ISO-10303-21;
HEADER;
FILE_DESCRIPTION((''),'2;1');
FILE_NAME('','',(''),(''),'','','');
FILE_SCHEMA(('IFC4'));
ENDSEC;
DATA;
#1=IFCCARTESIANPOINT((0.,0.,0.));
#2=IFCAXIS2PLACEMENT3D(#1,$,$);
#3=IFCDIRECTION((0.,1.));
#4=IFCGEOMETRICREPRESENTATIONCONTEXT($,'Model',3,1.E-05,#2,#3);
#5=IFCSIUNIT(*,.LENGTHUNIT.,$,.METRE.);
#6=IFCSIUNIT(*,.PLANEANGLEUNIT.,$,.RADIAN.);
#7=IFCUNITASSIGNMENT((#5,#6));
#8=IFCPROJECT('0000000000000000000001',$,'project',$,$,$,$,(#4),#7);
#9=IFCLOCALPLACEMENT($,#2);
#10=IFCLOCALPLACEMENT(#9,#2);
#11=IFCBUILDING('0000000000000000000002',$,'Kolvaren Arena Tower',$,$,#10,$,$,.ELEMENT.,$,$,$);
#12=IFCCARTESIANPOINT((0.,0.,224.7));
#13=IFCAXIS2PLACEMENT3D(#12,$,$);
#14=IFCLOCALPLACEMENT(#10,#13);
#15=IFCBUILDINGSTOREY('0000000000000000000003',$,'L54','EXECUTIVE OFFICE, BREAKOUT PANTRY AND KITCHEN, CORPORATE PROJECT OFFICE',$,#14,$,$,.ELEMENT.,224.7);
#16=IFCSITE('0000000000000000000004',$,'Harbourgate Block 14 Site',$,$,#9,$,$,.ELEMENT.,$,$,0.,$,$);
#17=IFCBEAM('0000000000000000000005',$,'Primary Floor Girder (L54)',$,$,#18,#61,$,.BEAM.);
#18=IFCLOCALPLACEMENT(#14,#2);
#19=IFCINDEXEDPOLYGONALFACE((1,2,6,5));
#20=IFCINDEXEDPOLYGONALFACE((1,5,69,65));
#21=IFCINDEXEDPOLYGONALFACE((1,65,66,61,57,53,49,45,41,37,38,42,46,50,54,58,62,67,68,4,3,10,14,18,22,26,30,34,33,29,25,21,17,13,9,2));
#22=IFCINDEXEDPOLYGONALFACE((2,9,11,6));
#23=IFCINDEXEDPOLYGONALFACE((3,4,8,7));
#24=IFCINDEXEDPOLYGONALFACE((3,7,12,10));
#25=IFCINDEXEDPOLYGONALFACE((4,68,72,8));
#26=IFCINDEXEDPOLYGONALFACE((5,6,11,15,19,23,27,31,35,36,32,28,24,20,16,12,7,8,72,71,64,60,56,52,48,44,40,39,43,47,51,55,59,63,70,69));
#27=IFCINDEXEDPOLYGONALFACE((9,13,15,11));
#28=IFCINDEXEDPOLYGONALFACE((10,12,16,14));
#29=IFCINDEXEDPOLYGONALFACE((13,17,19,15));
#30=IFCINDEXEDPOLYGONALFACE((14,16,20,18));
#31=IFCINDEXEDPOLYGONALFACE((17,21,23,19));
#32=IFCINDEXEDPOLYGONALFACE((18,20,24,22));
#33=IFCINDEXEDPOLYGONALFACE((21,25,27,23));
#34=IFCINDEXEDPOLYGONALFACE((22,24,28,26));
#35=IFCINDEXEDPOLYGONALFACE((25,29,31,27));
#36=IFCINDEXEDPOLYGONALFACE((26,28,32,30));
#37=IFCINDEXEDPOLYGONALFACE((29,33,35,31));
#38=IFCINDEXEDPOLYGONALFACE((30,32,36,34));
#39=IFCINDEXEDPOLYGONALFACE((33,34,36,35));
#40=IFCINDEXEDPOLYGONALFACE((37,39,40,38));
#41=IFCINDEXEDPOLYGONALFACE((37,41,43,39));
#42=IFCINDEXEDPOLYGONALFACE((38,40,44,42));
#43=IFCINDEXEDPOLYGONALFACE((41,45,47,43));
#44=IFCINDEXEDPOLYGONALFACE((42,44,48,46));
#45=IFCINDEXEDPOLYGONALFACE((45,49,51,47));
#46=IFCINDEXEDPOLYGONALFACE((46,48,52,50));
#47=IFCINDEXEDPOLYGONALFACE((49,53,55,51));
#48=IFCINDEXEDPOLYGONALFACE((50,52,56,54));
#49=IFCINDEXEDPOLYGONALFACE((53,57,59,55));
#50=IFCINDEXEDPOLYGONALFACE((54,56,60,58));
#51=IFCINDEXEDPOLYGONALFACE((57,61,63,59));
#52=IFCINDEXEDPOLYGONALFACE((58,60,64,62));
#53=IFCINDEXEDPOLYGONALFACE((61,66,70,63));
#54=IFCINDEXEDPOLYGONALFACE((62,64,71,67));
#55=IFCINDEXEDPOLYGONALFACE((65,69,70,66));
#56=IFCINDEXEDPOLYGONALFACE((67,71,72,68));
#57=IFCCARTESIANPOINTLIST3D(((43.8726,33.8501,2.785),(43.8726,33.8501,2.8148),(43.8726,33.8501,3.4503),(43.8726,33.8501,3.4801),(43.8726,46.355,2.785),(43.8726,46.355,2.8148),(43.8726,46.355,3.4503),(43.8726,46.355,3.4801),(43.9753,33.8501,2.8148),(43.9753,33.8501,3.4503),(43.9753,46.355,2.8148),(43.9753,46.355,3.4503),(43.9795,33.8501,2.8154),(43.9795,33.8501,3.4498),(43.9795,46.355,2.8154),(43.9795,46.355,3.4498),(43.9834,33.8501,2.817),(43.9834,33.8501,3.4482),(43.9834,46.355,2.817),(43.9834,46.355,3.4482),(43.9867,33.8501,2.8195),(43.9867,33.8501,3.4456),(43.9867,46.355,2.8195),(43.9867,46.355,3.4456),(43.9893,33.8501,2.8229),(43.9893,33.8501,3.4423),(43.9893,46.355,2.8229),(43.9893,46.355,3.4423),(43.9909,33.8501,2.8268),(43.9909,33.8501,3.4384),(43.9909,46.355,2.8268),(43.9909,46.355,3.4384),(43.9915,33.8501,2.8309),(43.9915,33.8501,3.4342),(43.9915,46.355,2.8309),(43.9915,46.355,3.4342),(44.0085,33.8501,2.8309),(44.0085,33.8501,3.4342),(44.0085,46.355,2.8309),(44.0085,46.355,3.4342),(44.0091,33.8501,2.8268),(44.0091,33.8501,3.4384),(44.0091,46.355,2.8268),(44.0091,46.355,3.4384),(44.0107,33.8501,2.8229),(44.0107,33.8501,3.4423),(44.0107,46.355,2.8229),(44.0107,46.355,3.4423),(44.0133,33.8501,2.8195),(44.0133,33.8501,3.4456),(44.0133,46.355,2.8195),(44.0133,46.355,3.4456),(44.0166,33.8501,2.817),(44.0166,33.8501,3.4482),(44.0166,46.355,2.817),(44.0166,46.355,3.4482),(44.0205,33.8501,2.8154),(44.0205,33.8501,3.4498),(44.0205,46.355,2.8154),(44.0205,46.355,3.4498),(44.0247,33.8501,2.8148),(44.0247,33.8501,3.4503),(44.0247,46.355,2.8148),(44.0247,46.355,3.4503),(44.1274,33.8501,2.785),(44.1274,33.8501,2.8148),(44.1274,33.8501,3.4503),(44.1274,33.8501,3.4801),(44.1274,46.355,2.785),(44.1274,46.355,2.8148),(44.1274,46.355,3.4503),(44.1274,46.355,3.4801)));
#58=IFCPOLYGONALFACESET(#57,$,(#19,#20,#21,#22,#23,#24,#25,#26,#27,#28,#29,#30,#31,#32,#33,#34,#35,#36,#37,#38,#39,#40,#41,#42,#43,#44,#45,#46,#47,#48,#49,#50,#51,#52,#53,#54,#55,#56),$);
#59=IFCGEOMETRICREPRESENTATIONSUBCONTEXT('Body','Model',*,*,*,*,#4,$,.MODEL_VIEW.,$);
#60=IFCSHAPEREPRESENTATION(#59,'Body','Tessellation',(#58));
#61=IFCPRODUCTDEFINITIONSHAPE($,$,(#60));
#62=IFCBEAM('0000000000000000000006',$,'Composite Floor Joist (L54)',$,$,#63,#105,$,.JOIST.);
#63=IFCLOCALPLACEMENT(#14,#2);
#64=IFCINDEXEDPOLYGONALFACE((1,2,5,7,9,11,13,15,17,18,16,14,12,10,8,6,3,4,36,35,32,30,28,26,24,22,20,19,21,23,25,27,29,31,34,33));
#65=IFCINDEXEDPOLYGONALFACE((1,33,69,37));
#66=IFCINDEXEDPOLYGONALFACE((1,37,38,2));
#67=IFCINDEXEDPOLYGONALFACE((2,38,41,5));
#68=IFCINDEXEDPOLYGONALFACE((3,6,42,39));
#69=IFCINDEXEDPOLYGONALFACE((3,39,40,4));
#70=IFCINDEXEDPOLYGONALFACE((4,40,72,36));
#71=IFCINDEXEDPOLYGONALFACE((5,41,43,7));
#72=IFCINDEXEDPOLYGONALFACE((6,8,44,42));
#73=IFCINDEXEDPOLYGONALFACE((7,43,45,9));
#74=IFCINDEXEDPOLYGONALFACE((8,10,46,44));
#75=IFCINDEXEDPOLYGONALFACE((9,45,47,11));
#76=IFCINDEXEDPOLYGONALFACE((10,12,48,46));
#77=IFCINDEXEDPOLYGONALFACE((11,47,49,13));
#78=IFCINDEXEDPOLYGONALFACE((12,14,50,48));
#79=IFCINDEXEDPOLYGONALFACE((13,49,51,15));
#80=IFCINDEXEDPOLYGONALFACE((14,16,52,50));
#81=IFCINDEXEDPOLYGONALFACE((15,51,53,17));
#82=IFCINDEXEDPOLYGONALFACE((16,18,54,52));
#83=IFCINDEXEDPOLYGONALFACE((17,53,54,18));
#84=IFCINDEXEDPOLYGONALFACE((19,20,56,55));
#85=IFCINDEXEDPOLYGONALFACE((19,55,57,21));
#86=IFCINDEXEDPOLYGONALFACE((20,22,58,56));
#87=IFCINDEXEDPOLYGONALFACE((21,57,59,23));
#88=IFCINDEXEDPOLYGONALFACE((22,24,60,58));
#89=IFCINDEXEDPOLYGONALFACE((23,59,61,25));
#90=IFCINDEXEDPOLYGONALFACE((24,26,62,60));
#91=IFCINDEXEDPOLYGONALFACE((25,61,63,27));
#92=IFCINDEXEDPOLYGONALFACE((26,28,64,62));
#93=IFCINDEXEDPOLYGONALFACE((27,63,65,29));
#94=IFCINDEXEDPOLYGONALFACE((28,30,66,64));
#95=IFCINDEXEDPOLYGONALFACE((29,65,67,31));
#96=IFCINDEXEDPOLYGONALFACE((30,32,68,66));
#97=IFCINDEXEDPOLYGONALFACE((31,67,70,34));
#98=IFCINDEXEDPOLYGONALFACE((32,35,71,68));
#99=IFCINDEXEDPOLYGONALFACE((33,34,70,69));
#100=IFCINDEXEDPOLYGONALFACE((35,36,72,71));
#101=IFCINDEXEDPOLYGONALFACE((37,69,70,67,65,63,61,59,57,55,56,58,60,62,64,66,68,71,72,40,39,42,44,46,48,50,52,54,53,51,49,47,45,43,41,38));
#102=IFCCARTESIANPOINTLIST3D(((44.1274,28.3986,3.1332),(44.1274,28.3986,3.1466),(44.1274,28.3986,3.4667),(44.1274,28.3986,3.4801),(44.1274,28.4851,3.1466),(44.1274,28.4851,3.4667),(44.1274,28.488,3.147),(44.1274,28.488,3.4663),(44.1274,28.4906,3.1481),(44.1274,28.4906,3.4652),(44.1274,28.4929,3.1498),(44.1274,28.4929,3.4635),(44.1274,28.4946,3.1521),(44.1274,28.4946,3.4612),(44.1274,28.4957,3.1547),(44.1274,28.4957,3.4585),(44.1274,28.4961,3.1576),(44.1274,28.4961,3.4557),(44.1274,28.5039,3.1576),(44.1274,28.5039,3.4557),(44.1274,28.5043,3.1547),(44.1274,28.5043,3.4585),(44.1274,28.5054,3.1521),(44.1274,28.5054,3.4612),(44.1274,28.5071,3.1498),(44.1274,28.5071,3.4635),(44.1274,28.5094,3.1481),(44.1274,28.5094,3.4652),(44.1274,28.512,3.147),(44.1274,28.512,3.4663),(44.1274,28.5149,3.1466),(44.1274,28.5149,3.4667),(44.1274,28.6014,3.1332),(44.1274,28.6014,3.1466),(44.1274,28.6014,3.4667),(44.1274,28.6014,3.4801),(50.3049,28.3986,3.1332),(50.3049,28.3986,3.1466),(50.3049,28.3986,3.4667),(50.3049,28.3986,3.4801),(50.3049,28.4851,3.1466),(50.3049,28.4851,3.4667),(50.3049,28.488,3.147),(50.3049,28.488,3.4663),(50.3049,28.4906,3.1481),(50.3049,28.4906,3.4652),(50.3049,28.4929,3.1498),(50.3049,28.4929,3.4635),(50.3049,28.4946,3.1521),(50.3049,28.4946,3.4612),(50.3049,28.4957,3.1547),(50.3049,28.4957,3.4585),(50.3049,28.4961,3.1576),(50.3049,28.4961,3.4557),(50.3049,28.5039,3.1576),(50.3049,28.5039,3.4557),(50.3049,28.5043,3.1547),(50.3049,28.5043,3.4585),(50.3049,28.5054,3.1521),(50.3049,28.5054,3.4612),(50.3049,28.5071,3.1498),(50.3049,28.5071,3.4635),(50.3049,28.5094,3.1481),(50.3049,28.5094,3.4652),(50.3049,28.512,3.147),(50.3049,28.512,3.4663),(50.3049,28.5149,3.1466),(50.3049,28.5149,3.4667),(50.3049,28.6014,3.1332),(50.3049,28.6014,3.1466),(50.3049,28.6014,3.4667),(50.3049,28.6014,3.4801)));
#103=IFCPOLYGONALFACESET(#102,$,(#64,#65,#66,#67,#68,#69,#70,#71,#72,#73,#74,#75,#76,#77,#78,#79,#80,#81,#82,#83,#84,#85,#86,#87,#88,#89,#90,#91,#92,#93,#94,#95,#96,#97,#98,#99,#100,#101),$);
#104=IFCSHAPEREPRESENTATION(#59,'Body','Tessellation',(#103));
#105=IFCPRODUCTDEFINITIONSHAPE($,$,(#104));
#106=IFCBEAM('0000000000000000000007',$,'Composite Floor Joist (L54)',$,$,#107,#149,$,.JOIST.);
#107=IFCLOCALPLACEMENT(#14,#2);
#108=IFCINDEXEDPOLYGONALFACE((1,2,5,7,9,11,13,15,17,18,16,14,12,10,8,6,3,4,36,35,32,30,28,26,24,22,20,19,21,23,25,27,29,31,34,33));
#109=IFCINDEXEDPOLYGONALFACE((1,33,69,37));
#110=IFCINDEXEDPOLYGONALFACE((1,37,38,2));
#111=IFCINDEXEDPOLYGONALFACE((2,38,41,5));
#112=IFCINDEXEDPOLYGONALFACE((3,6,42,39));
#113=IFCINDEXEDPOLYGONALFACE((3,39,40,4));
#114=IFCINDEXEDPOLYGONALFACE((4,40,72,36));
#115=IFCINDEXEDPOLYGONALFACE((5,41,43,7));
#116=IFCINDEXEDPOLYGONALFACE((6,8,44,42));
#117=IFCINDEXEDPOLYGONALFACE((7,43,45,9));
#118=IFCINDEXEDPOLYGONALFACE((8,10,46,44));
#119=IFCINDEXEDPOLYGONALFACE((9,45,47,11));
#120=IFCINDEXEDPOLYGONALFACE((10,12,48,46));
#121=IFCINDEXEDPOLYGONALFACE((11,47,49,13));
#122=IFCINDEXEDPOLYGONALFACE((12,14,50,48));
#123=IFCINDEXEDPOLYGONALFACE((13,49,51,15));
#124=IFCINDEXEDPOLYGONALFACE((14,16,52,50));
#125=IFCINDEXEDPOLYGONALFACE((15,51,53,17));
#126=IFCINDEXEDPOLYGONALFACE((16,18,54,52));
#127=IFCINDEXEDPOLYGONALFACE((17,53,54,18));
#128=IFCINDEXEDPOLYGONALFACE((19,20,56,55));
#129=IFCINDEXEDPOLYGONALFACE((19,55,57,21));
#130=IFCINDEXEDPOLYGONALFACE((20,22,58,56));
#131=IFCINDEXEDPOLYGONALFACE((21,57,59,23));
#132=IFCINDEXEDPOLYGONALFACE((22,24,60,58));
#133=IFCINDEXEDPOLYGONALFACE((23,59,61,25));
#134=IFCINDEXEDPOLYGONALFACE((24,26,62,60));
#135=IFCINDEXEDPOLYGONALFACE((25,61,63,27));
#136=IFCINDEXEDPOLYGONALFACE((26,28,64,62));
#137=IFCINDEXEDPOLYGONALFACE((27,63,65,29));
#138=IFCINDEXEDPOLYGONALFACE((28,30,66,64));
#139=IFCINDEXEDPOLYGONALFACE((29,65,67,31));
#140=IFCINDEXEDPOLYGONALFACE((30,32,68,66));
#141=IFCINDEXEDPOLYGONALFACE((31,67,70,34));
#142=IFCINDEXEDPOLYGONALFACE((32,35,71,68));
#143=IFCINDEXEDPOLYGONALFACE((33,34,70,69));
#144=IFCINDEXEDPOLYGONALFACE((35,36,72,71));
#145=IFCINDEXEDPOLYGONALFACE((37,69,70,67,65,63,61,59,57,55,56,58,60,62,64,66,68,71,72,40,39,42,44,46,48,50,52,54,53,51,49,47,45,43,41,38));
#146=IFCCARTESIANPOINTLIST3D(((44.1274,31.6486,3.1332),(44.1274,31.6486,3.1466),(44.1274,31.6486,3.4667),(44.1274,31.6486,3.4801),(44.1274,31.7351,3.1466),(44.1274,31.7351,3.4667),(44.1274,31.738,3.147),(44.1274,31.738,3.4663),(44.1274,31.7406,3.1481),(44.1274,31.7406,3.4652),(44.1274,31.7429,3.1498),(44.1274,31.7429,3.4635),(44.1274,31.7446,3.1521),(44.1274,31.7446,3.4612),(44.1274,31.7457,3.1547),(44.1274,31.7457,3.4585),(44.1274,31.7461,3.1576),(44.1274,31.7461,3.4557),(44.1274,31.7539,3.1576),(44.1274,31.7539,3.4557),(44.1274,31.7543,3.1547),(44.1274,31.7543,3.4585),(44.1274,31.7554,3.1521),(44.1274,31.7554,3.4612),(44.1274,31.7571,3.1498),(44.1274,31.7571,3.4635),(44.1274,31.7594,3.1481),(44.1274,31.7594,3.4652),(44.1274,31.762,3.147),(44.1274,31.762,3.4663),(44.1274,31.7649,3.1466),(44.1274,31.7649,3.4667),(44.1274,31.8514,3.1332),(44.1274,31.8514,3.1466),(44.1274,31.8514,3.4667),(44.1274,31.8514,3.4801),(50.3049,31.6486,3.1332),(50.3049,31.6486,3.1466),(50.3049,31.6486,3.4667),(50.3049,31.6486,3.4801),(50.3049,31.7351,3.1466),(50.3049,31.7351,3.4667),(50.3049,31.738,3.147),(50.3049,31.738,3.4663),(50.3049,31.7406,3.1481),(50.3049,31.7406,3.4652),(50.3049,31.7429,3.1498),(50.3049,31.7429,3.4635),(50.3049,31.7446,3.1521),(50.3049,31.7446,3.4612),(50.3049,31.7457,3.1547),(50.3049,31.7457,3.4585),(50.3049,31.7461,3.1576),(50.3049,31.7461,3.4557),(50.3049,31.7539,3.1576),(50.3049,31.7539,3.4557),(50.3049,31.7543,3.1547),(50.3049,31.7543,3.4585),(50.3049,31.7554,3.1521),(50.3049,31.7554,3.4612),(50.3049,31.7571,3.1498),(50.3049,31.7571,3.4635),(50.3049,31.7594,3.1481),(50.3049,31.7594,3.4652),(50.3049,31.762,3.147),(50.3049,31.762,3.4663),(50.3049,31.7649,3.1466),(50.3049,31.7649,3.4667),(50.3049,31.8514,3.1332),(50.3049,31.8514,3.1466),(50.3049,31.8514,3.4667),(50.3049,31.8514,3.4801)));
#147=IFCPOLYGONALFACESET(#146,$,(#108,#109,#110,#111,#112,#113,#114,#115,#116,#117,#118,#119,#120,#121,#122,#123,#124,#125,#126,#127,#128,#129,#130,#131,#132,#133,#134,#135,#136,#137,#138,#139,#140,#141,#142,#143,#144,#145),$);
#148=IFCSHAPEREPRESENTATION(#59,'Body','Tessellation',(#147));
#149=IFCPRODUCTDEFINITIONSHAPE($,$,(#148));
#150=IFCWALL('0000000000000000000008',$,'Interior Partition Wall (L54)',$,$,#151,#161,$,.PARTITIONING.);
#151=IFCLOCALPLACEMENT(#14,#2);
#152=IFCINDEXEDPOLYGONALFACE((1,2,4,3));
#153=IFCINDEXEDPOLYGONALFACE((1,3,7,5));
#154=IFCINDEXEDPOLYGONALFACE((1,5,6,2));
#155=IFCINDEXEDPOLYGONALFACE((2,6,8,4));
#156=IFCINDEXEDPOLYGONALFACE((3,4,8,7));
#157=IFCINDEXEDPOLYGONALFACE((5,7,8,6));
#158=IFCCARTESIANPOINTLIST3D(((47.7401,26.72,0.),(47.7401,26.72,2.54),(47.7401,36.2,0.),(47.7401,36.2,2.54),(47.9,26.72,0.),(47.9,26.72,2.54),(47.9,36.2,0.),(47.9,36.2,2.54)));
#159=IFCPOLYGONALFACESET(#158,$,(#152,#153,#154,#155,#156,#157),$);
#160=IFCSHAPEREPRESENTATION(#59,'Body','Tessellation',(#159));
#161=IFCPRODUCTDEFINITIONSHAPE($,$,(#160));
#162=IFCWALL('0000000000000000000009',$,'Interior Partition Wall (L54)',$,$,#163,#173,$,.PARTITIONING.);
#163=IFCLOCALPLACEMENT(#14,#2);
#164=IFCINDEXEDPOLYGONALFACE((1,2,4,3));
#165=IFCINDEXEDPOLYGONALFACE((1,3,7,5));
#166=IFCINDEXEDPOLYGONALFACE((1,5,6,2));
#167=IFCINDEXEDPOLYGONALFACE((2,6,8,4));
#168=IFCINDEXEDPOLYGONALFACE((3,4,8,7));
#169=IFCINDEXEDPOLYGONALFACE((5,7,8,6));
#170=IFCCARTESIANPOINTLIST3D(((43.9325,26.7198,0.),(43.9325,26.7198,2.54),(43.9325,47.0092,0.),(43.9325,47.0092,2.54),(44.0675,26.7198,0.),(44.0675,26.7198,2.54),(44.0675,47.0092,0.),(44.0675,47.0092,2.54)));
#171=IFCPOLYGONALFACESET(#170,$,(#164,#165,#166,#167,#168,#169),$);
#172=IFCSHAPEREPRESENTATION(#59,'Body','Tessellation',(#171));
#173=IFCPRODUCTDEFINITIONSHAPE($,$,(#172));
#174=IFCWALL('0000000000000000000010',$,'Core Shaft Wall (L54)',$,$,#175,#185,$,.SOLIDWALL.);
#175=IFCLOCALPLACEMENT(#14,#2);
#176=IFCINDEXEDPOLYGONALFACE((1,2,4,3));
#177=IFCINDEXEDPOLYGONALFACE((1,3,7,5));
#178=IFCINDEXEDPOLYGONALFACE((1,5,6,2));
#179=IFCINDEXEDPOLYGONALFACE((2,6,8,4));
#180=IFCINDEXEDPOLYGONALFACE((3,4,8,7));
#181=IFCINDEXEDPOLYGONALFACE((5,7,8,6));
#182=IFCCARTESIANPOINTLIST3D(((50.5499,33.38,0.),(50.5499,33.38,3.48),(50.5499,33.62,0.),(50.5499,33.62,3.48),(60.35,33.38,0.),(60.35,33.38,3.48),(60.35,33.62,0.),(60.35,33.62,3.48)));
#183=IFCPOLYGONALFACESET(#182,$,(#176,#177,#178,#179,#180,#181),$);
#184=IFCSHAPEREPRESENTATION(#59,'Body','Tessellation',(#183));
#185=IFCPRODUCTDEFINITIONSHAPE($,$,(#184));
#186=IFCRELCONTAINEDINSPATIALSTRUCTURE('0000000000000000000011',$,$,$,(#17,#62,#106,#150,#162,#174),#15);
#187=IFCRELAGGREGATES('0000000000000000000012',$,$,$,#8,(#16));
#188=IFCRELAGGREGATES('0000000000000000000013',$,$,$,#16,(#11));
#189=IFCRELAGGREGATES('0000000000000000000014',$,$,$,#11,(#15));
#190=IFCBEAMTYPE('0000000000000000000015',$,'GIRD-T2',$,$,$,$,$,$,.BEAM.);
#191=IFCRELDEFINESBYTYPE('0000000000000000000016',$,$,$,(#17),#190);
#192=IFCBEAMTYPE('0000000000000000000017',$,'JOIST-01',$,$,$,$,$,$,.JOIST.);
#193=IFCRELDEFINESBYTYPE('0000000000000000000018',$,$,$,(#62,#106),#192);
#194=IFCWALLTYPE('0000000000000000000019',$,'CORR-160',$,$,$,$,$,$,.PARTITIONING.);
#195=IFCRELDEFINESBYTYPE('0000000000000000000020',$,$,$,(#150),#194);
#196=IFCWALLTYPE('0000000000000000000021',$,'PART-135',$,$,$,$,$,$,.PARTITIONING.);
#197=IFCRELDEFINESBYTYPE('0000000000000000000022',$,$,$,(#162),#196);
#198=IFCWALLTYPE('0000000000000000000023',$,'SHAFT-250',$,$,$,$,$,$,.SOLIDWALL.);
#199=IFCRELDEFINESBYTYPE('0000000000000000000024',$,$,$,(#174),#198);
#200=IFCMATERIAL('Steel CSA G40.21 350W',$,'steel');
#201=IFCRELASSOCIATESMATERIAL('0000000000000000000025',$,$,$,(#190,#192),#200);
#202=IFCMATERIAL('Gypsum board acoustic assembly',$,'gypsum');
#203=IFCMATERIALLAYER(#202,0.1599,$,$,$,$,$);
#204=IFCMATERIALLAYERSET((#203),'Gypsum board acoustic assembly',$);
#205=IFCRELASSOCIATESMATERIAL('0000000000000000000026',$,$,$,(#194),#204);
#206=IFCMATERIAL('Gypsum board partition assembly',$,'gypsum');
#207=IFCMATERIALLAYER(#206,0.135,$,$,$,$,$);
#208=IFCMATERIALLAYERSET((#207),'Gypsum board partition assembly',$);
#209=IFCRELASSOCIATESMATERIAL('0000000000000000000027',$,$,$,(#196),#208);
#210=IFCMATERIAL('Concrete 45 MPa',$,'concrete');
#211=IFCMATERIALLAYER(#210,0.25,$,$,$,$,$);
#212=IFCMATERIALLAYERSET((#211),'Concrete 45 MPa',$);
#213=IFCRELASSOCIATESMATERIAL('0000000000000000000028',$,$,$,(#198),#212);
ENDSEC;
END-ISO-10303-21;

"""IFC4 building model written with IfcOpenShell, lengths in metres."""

from ifc_helpers import new_model, si_unit, direction, frame, frame_2d, origin, origin_2d, place, context, subcontext, project, spatial, rectangle, i_section, extrude, material, layer, layer_set, material_profile, profile_set, type_object, element, save


model = new_model("IFC4")

# Units and contexts
model_context = context("Model", 3, precision=1e-05, world=origin(), true_north=direction((0.0, 1.0)))
body_context = subcontext(model_context, "Body", "Model", "MODEL_VIEW")
ifc_project = project(units=[si_unit("LENGTHUNIT", "METRE"), si_unit("PLANEANGLEUNIT", "RADIAN")], contexts=[model_context])

# Site, building, storey
site_placement = place(None, origin())
site = spatial("IfcSite", under=ifc_project, at=site_placement, Name="Harbourgate Block 14 Site", CompositionType="ELEMENT", RefElevation=0.0)
building_placement = place(site_placement, origin())
building = spatial("IfcBuilding", under=site, at=building_placement, Name="Kolvaren Arena Tower", CompositionType="ELEMENT")
storey_placement = place(building_placement, frame((0.0, 0.0, 224.7)))
storey = spatial("IfcBuildingStorey", under=building, at=storey_placement, Name="L54", Description="EXECUTIVE OFFICE, BREAKOUT PANTRY AND KITCHEN, CORPORATE PROJECT OFFICE", CompositionType="ELEMENT", Elevation=224.7)

# Beams
ifc_material_1 = material(Name="Steel CSA G40.21 350W", Category="steel")
ifc_material_profile_1 = material_profile(ifc_material_1, i_section(OverallWidth=0.2549, OverallDepth=0.6951, WebThickness=0.0171, FlangeThickness=0.0298, FilletRadius=0.0161, at=origin_2d()), Name="W690x217")
ifc_profile_set_1 = profile_set([ifc_material_profile_1], Name="Steel CSA G40.21 350W")
beam_type_1 = type_object("IfcBeamType", Name="GIRD-T2", PredefinedType="BEAM", material=ifc_profile_set_1)
beam_1_placement = place(storey_placement, frame((44.0, 33.8501, 3.1326), z_axis=(0.0, 1.0, 0.0), x_axis=(-1.0, 0.0, 0.0)))
element("IfcBeam", 1, at=beam_1_placement, inside=storey, type_object=beam_type_1, Name="Primary Floor Girder (L54)", PredefinedType="BEAM", context=body_context, shape_type="SweptSolid", body=[
    extrude(i_section(OverallWidth=0.2549, OverallDepth=0.6951, WebThickness=0.0171, FlangeThickness=0.0298, FilletRadius=0.0161, at=origin_2d()), origin(), (0.0, 0.0, 1.0), 12.5049),
])
ifc_material_profile_2 = material_profile(ifc_material_1, i_section(OverallWidth=0.2029, OverallDepth=0.3469, WebThickness=0.0078, FlangeThickness=0.0134, FilletRadius=0.011, at=origin_2d()), Name="W360x64")
ifc_profile_set_2 = profile_set([ifc_material_profile_2], Name="Steel CSA G40.21 350W")
beam_type_2 = type_object("IfcBeamType", Name="JOIST-01", PredefinedType="JOIST", material=ifc_profile_set_2)
for number, where, z_axis, x_axis, name in (
    (2, (44.1274, 28.5, 3.3066), (1.0, 0.0, 0.0), (0.0, 1.0, 0.0), "Composite Floor Joist (L54)"),
    (3, (44.1274, 31.75, 3.3066), (1.0, 0.0, 0.0), (0.0, 1.0, 0.0), "Composite Floor Joist (L54)"),
):
    element("IfcBeam", number, at=place(storey_placement, frame(where, z_axis=z_axis, x_axis=x_axis)), inside=storey, type_object=beam_type_2, Name=name, PredefinedType="JOIST", context=body_context, shape_type="SweptSolid", body=[
        extrude(i_section(OverallWidth=0.2029, OverallDepth=0.3469, WebThickness=0.0078, FlangeThickness=0.0134, FilletRadius=0.011, at=origin_2d()), origin(), (0.0, 0.0, 1.0), 6.1775),
    ])

# Walls
ifc_material_2 = material(Name="Gypsum board acoustic assembly", Category="gypsum")
ifc_layer_1 = layer(ifc_material_2, 0.1599)
ifc_layer_set_1 = layer_set([ifc_layer_1], Name="Gypsum board acoustic assembly")
wall_type_1 = type_object("IfcWallType", Name="CORR-160", PredefinedType="PARTITIONING", material=ifc_layer_set_1)
wall_1_placement = place(storey_placement, frame((47.8201, 26.72, 0.0), z_axis=(0.0, 0.0, 1.0), x_axis=(0.0, 1.0, 0.0)))
element("IfcWall", 4, at=wall_1_placement, inside=storey, type_object=wall_type_1, Name="Interior Partition Wall (L54)", PredefinedType="PARTITIONING", context=body_context, shape_type="SweptSolid", body=[
    extrude(rectangle(XDim=9.48, YDim=0.1599, at=frame_2d((4.74, 0.0))), origin(), (0.0, 0.0, 1.0), 2.54),
])
ifc_material_3 = material(Name="Gypsum board partition assembly", Category="gypsum")
ifc_layer_2 = layer(ifc_material_3, 0.135)
ifc_layer_set_2 = layer_set([ifc_layer_2], Name="Gypsum board partition assembly")
wall_type_2 = type_object("IfcWallType", Name="PART-135", PredefinedType="PARTITIONING", material=ifc_layer_set_2)
wall_2_placement = place(storey_placement, frame((44.0, 26.72, 0.0), z_axis=(0.0, 0.0, 1.0), x_axis=(0.0, 1.0, 0.0)))
element("IfcWall", 5, at=wall_2_placement, inside=storey, type_object=wall_type_2, Name="Interior Partition Wall (L54)", PredefinedType="PARTITIONING", context=body_context, shape_type="SweptSolid", body=[
    extrude(rectangle(XDim=20.2893, YDim=0.135, at=frame_2d((10.1445, 0.0))), origin(), (0.0, 0.0, 1.0), 2.54),
])
ifc_material_4 = material(Name="Concrete 45 MPa", Category="concrete")
ifc_layer_3 = layer(ifc_material_4, 0.25)
ifc_layer_set_3 = layer_set([ifc_layer_3], Name="Concrete 45 MPa")
wall_type_3 = type_object("IfcWallType", Name="SHAFT-250", PredefinedType="SOLIDWALL", material=ifc_layer_set_3)
wall_3_placement = place(storey_placement, frame((50.55, 33.5, 0.0), z_axis=(0.0, 0.0, 1.0), x_axis=(1.0, 0.0, 0.0)))
element("IfcWall", 6, at=wall_3_placement, inside=storey, type_object=wall_type_3, Name="Core Shaft Wall (L54)", PredefinedType="SOLIDWALL", context=body_context, shape_type="SweptSolid", body=[
    extrude(rectangle(XDim=9.8, YDim=0.24, at=frame_2d((4.8999, 0.0))), origin(), (0.0, 0.0, 1.0), 3.48),
])

save(model, "model.ifc")
